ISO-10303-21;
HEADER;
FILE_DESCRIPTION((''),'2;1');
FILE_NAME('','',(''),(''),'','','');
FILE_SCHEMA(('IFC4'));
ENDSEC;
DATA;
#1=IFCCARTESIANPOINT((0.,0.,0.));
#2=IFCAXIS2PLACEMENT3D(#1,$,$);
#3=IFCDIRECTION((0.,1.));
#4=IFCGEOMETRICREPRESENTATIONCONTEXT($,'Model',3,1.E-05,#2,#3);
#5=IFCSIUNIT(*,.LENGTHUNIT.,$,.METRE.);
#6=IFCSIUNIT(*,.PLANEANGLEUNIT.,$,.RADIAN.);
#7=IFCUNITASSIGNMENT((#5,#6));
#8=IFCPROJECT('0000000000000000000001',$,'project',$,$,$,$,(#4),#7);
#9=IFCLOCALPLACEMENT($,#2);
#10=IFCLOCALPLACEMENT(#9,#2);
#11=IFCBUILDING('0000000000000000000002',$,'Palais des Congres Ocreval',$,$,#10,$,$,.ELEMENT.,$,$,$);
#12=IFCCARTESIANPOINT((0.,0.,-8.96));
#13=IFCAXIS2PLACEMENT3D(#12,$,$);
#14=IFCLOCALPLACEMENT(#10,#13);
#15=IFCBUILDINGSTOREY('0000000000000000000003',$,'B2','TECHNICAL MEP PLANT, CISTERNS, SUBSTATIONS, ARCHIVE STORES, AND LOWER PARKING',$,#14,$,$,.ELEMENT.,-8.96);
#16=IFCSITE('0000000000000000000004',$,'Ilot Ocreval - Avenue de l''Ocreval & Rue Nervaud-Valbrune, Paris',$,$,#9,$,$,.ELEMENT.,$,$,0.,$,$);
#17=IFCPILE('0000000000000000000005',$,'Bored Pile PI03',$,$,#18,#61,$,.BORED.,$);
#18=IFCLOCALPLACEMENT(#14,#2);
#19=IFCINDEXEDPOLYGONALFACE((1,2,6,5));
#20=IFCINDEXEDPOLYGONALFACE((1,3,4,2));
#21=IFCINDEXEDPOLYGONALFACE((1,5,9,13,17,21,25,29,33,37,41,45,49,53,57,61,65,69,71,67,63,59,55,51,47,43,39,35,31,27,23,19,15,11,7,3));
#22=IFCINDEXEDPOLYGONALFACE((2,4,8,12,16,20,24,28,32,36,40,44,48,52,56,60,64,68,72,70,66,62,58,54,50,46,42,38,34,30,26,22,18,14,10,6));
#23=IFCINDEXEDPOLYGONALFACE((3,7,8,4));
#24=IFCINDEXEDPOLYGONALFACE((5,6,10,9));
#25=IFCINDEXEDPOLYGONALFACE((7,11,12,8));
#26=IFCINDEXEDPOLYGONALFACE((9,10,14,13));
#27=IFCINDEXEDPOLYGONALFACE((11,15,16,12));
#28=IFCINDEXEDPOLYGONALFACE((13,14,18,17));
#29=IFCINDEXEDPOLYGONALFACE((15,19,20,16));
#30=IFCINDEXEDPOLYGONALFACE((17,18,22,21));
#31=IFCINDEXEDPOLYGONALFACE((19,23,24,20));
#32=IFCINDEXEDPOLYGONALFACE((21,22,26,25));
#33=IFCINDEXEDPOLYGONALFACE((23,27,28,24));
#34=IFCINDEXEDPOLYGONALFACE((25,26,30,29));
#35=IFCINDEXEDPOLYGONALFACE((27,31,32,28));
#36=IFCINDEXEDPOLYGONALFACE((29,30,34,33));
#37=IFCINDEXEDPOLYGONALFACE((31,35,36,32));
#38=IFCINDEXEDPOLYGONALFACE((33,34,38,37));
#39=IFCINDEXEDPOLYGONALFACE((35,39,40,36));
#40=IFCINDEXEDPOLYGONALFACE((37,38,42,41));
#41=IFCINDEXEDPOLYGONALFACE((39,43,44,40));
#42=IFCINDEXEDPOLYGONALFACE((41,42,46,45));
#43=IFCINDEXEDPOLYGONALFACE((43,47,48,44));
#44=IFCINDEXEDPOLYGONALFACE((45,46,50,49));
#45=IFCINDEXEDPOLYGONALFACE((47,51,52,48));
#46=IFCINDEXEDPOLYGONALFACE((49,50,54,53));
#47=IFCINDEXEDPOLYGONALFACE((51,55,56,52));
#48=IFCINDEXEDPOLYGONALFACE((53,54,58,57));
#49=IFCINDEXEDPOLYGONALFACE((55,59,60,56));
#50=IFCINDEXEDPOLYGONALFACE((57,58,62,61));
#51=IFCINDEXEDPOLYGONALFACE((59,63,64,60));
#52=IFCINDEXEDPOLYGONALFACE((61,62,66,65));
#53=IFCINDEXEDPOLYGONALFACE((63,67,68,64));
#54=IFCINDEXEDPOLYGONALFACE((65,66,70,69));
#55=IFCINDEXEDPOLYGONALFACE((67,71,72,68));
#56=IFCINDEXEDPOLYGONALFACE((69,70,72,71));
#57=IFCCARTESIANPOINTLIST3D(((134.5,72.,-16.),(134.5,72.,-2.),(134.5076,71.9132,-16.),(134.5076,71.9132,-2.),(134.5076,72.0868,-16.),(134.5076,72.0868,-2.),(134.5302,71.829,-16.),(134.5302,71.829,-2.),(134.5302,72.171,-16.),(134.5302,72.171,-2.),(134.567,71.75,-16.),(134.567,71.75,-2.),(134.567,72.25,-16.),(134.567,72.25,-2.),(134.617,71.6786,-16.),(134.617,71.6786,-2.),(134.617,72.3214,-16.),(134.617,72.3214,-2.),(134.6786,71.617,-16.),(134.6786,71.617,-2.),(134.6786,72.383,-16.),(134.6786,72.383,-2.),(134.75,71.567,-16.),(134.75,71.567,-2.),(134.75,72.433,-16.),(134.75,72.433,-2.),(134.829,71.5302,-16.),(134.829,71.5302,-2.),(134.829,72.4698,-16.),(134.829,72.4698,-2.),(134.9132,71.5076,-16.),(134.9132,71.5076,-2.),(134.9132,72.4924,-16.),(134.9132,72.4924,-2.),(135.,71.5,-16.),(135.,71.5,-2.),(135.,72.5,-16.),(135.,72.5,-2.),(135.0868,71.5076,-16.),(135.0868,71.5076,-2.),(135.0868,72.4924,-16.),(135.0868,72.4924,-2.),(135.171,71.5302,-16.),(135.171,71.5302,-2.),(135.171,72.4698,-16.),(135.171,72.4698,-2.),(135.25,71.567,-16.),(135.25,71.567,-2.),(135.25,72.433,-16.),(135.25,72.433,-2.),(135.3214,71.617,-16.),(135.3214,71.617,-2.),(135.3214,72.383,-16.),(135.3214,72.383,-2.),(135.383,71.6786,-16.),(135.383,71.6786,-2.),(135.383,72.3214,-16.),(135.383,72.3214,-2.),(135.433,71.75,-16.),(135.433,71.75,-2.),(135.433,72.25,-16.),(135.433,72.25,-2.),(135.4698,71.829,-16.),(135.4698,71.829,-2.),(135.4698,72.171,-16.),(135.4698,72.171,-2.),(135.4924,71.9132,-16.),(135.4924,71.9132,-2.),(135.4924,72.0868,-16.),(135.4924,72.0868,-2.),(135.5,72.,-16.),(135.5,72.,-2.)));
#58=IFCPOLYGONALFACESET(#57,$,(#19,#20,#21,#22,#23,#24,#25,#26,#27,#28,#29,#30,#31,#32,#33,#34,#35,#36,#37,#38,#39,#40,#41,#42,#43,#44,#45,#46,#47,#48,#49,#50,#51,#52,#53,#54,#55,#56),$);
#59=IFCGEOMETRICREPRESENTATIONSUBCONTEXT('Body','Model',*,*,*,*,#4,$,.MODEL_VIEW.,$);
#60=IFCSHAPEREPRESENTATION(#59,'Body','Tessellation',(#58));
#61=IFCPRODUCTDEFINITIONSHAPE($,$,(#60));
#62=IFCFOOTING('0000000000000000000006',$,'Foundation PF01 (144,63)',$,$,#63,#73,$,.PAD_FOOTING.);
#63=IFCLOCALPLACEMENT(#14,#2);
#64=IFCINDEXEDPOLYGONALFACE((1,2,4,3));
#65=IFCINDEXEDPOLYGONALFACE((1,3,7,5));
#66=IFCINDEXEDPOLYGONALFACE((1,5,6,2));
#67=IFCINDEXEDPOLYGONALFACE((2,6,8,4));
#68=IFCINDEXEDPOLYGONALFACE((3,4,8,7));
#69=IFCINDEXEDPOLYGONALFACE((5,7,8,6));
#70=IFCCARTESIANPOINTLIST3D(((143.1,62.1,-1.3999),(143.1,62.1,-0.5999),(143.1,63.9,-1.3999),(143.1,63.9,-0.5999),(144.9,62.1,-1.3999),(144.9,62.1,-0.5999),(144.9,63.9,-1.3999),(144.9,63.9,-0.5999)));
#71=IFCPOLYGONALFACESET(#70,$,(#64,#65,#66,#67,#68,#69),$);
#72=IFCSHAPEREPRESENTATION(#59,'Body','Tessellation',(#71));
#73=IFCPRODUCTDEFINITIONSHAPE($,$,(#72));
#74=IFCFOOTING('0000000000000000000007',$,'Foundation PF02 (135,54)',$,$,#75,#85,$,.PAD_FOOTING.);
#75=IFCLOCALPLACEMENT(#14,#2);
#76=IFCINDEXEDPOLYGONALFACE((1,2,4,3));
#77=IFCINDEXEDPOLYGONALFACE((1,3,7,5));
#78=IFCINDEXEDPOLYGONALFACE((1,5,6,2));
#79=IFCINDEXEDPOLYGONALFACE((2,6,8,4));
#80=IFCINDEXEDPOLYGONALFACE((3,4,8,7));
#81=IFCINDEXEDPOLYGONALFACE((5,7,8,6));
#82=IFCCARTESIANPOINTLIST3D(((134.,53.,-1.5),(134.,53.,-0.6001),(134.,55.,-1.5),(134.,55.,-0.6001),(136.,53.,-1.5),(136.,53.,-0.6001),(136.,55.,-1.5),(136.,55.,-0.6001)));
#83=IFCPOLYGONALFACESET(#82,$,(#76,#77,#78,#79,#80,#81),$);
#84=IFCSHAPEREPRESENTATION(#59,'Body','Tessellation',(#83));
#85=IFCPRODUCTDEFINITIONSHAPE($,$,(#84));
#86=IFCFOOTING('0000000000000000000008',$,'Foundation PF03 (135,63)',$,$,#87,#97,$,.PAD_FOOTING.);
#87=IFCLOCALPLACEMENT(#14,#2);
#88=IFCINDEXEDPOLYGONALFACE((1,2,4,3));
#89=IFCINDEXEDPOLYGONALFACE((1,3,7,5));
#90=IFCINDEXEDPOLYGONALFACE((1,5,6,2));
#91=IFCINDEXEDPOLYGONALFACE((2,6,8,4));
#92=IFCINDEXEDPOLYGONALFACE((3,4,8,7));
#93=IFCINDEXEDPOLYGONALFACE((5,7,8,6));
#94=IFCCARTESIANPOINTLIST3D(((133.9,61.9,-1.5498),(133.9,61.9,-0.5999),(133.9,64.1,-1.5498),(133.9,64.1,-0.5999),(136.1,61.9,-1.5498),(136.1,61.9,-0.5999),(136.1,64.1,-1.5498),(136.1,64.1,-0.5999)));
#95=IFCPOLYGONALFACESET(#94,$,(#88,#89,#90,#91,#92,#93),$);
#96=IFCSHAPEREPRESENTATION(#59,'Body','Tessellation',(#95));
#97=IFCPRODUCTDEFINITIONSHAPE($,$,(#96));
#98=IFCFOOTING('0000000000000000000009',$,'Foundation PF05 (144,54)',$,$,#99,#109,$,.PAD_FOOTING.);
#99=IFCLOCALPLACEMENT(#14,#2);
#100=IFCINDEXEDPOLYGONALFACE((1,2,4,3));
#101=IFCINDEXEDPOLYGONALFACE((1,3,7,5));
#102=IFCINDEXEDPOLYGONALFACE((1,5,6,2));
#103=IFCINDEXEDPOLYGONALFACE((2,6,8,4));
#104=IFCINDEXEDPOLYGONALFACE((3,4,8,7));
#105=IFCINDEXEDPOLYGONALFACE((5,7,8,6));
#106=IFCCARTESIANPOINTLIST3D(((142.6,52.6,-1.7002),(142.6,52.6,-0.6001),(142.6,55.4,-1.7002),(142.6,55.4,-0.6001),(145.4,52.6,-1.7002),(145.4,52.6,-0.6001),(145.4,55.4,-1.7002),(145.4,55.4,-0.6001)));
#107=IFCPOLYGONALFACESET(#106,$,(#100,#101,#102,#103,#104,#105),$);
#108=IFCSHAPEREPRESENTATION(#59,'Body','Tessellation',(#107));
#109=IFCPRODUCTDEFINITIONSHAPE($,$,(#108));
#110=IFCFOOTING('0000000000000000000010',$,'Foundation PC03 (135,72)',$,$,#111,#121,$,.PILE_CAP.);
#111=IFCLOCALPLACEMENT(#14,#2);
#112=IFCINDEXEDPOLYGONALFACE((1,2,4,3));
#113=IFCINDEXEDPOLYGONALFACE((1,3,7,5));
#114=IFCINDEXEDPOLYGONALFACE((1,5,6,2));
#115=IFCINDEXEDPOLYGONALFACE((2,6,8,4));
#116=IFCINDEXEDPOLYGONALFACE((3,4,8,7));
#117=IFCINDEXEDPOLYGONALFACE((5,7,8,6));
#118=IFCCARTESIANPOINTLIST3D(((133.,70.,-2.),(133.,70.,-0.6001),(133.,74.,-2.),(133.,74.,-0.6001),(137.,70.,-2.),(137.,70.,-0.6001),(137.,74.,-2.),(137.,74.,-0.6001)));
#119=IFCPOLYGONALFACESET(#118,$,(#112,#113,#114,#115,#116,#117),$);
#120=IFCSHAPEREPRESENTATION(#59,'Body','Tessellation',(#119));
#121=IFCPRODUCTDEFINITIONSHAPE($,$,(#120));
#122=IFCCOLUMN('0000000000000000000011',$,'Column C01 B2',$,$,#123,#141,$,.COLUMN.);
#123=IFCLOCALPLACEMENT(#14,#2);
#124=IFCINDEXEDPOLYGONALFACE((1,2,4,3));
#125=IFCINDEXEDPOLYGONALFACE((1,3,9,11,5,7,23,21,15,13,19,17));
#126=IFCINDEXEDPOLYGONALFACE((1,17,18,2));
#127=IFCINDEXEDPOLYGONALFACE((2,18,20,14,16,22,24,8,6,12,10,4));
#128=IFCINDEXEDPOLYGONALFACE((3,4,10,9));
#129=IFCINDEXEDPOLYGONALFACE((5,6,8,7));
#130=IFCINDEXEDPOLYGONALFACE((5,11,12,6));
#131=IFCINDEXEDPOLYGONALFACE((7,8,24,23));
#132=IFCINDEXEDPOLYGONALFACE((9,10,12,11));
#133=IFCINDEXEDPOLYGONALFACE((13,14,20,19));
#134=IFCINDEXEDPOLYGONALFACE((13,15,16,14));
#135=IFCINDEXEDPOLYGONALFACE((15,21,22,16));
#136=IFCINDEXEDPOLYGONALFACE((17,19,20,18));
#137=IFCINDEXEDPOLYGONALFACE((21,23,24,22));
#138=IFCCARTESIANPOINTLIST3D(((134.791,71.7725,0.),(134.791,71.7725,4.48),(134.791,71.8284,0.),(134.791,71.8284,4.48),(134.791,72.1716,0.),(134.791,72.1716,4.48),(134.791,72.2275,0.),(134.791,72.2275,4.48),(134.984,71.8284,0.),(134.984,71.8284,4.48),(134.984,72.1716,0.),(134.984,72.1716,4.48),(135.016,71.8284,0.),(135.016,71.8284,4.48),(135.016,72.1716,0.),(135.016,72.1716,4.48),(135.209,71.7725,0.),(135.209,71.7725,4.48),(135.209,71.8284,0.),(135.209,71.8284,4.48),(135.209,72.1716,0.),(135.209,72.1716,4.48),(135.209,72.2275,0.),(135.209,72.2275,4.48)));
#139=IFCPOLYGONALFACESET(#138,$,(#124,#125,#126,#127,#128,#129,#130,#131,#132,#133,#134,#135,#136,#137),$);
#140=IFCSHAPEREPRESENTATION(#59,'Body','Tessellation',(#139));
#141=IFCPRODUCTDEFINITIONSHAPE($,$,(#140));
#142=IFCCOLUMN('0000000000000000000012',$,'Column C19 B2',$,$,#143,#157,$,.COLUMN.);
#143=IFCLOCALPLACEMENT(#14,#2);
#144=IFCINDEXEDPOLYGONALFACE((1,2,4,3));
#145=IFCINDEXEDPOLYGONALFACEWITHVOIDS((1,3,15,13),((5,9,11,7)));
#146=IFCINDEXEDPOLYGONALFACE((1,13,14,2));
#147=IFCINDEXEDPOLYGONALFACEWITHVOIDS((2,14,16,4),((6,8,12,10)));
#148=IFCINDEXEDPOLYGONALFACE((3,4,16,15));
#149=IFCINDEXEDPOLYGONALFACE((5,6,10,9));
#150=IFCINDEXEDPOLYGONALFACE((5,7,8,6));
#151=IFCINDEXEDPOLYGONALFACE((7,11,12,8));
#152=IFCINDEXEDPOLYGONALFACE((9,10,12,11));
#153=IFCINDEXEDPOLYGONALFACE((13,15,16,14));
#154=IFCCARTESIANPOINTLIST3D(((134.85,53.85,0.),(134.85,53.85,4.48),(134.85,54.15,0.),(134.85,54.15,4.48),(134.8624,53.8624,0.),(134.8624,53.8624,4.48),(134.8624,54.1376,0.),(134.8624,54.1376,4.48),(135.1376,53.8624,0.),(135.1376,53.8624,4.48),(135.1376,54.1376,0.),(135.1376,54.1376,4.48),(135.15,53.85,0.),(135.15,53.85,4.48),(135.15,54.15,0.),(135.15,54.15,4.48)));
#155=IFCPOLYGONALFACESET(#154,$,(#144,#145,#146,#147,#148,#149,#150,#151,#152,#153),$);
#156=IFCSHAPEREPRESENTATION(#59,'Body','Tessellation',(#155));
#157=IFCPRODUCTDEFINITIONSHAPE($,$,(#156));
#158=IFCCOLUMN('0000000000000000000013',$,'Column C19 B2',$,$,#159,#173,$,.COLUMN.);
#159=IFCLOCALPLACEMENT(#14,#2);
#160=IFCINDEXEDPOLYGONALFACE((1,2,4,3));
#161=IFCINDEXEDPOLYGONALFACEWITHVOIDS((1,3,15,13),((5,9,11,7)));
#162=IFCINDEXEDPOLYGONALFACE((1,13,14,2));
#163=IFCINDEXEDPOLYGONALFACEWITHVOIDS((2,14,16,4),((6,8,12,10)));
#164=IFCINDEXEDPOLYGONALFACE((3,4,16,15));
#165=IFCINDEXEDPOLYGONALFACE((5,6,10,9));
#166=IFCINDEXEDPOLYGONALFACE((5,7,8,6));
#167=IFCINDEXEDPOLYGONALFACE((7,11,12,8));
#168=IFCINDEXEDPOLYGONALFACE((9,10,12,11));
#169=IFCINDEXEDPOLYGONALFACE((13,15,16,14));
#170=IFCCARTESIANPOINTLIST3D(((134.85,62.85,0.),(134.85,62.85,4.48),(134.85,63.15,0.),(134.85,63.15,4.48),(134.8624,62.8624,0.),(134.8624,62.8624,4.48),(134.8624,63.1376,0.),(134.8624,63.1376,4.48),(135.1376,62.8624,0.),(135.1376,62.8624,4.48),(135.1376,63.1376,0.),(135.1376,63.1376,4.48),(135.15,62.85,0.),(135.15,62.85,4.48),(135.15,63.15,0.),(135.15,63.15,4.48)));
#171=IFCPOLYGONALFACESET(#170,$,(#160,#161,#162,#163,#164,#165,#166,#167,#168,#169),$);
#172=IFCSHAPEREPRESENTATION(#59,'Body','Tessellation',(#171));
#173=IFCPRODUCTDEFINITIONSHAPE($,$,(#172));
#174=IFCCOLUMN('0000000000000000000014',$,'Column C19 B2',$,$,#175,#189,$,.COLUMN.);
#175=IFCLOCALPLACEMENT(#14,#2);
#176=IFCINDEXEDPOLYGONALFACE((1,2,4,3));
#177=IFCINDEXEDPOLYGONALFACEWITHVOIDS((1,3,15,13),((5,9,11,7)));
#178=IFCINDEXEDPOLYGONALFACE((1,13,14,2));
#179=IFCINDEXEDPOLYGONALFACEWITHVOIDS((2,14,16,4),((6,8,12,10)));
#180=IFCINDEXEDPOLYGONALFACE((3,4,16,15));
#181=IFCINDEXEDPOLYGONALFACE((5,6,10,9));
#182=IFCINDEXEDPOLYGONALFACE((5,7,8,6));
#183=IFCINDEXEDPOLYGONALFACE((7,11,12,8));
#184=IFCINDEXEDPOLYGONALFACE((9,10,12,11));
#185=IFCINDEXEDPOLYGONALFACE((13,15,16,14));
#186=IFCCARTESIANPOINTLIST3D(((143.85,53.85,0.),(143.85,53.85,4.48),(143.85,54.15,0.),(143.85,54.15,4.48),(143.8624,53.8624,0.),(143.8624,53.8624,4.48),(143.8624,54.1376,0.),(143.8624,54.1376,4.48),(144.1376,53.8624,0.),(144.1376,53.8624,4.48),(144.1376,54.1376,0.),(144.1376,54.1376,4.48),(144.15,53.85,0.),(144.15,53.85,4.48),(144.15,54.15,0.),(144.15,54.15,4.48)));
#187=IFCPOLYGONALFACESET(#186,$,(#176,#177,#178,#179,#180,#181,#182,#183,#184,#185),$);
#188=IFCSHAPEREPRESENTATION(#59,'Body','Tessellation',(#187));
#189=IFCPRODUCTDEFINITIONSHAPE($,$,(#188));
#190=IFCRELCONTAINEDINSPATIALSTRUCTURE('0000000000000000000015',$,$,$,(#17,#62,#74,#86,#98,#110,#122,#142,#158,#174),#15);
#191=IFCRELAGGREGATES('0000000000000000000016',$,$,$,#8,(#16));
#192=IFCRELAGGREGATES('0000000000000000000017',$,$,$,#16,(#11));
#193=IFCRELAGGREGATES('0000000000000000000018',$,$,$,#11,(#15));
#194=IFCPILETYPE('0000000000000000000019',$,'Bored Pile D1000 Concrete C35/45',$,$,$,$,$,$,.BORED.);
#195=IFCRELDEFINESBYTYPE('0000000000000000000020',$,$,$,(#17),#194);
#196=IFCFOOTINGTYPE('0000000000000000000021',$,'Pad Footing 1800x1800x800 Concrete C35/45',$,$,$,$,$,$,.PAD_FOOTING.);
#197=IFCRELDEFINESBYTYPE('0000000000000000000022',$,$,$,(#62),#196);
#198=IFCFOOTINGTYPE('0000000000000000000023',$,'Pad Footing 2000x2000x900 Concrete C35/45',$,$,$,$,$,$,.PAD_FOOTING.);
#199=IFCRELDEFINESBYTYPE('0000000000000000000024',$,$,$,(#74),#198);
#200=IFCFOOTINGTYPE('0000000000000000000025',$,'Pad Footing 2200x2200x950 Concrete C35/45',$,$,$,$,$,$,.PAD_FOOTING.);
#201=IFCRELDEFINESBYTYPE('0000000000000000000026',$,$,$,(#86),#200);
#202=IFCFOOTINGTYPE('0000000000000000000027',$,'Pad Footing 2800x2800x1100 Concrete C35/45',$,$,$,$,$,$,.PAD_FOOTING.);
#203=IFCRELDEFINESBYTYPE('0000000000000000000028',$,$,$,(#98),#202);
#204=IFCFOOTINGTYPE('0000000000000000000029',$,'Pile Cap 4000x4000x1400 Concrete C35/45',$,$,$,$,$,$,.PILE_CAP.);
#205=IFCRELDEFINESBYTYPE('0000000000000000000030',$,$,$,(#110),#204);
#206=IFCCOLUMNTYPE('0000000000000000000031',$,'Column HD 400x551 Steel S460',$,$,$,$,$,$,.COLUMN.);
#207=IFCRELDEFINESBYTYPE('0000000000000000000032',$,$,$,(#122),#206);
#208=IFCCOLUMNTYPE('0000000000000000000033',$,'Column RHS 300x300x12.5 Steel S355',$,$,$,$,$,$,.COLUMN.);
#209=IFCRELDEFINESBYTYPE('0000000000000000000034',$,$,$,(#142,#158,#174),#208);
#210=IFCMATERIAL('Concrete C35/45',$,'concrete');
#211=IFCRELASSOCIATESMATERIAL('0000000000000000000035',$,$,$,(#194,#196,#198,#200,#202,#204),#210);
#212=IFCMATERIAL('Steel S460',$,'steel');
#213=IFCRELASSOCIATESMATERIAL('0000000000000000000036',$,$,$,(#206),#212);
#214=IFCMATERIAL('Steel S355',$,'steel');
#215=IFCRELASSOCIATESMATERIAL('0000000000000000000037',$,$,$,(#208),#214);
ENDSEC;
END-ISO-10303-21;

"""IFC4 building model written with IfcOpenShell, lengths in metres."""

from ifc_helpers import new_model, si_unit, direction, frame, origin, origin_2d, place, context, subcontext, project, spatial, rectangle, hollow_rectangle, circle, i_section, extrude, material, material_profile, profile_set, type_object, element, save


model = new_model("IFC4")

# Units and contexts
model_context = context("Model", 3, precision=1e-05, world=origin(), true_north=direction((0.0, 1.0)))
body_context = subcontext(model_context, "Body", "Model", "MODEL_VIEW")
ifc_project = project(units=[si_unit("LENGTHUNIT", "METRE"), si_unit("PLANEANGLEUNIT", "RADIAN")], contexts=[model_context])

# Site, building, storey
site_placement = place(None, origin())
site = spatial("IfcSite", under=ifc_project, at=site_placement, Name="Ilot Ocreval - Avenue de l'Ocreval & Rue Nervaud-Valbrune, Paris", CompositionType="ELEMENT", RefElevation=0.0)
building_placement = place(site_placement, origin())
building = spatial("IfcBuilding", under=site, at=building_placement, Name="Palais des Congres Ocreval", CompositionType="ELEMENT")
storey_placement = place(building_placement, frame((0.0, 0.0, -8.96)))
storey = spatial("IfcBuildingStorey", under=building, at=storey_placement, Name="B2", Description="TECHNICAL MEP PLANT, CISTERNS, SUBSTATIONS, ARCHIVE STORES, AND LOWER PARKING", CompositionType="ELEMENT", Elevation=-8.96)

# Pile
ifc_material_1 = material(Name="Concrete C35/45", Category="concrete")
ifc_material_profile_1 = material_profile(ifc_material_1, circle(Radius=0.5, at=origin_2d()), Name="BORED PILE 1000")
ifc_profile_set_1 = profile_set([ifc_material_profile_1], Name="Concrete C35/45")
pile_type = type_object("IfcPileType", Name="Bored Pile D1000 Concrete C35/45", PredefinedType="BORED", material=ifc_profile_set_1)
pile_placement = place(storey_placement, frame((135.0, 72.0, -2.0), z_axis=(0.0, 0.0, -1.0), x_axis=(1.0, 0.0, 0.0)))
element("IfcPile", 1, at=pile_placement, inside=storey, type_object=pile_type, Name="Bored Pile PI03", PredefinedType="BORED", context=body_context, shape_type="SweptSolid", body=[
    extrude(circle(Radius=0.5, at=origin_2d()), origin(), (0.0, 0.0, 1.0), 14.0),
])

# Footings
footing_type_1 = type_object("IfcFootingType", Name="Pad Footing 1800x1800x800 Concrete C35/45", PredefinedType="PAD_FOOTING", material=ifc_material_1)
footing_1_placement = place(storey_placement, frame((144.0, 63.0, -1.3999), z_axis=(0.0, 0.0, 1.0), x_axis=(1.0, 0.0, 0.0)))
element("IfcFooting", 2, at=footing_1_placement, inside=storey, type_object=footing_type_1, Name="Foundation PF01 (144,63)", PredefinedType="PAD_FOOTING", context=body_context, shape_type="SweptSolid", body=[
    extrude(rectangle(XDim=1.8, YDim=1.8, at=origin_2d()), origin(), (0.0, 0.0, 1.0), 0.8),
])
footing_type_2 = type_object("IfcFootingType", Name="Pad Footing 2000x2000x900 Concrete C35/45", PredefinedType="PAD_FOOTING", material=ifc_material_1)
footing_2_placement = place(storey_placement, frame((135.0, 54.0, -1.5), z_axis=(0.0, 0.0, 1.0), x_axis=(1.0, 0.0, 0.0)))
element("IfcFooting", 3, at=footing_2_placement, inside=storey, type_object=footing_type_2, Name="Foundation PF02 (135,54)", PredefinedType="PAD_FOOTING", context=body_context, shape_type="SweptSolid", body=[
    extrude(rectangle(XDim=2.0, YDim=2.0, at=origin_2d()), origin(), (0.0, 0.0, 1.0), 0.8999),
])
footing_type_3 = type_object("IfcFootingType", Name="Pad Footing 2200x2200x950 Concrete C35/45", PredefinedType="PAD_FOOTING", material=ifc_material_1)
footing_3_placement = place(storey_placement, frame((135.0, 63.0, -1.5498), z_axis=(0.0, 0.0, 1.0), x_axis=(1.0, 0.0, 0.0)))
element("IfcFooting", 4, at=footing_3_placement, inside=storey, type_object=footing_type_3, Name="Foundation PF03 (135,63)", PredefinedType="PAD_FOOTING", context=body_context, shape_type="SweptSolid", body=[
    extrude(rectangle(XDim=2.2, YDim=2.2, at=origin_2d()), origin(), (0.0, 0.0, 1.0), 0.95),
])
footing_type_4 = type_object("IfcFootingType", Name="Pad Footing 2800x2800x1100 Concrete C35/45", PredefinedType="PAD_FOOTING", material=ifc_material_1)
footing_4_placement = place(storey_placement, frame((144.0, 54.0, -1.7002), z_axis=(0.0, 0.0, 1.0), x_axis=(1.0, 0.0, 0.0)))
element("IfcFooting", 5, at=footing_4_placement, inside=storey, type_object=footing_type_4, Name="Foundation PF05 (144,54)", PredefinedType="PAD_FOOTING", context=body_context, shape_type="SweptSolid", body=[
    extrude(rectangle(XDim=2.8, YDim=2.8, at=origin_2d()), origin(), (0.0, 0.0, 1.0), 1.1001),
])
footing_type_5 = type_object("IfcFootingType", Name="Pile Cap 4000x4000x1400 Concrete C35/45", PredefinedType="PILE_CAP", material=ifc_material_1)
footing_5_placement = place(storey_placement, frame((135.0, 72.0, -2.0), z_axis=(0.0, 0.0, 1.0), x_axis=(1.0, 0.0, 0.0)))
element("IfcFooting", 6, at=footing_5_placement, inside=storey, type_object=footing_type_5, Name="Foundation PC03 (135,72)", PredefinedType="PILE_CAP", context=body_context, shape_type="SweptSolid", body=[
    extrude(rectangle(XDim=4.0, YDim=4.0, at=origin_2d()), origin(), (0.0, 0.0, 1.0), 1.3999),
])

# Columns
ifc_material_2 = material(Name="Steel S460", Category="steel")
ifc_material_profile_2 = material_profile(ifc_material_2, i_section(OverallWidth=0.418, OverallDepth=0.4551, WebThickness=0.032, FlangeThickness=0.0559, at=origin_2d()), Name="HD 400x551")
ifc_profile_set_2 = profile_set([ifc_material_profile_2], Name="Steel S460")
column_type_1 = type_object("IfcColumnType", Name="Column HD 400x551 Steel S460", PredefinedType="COLUMN", material=ifc_profile_set_2)
column_placement = place(storey_placement, frame((135.0, 72.0, 0.0), z_axis=(0.0, 0.0, 1.0), x_axis=(1.0, 0.0, 0.0)))
element("IfcColumn", 7, at=column_placement, inside=storey, type_object=column_type_1, Name="Column C01 B2", PredefinedType="COLUMN", context=body_context, shape_type="SweptSolid", body=[
    extrude(i_section(OverallWidth=0.418, OverallDepth=0.4551, WebThickness=0.032, FlangeThickness=0.0559, at=origin_2d()), origin(), (0.0, 0.0, 1.0), 4.48),
])
ifc_material_3 = material(Name="Steel S355", Category="steel")
ifc_material_profile_3 = material_profile(ifc_material_3, hollow_rectangle(XDim=0.3, YDim=0.3, WallThickness=0.0125, at=origin_2d()), Name="RHS 300x300x12.5")
ifc_profile_set_3 = profile_set([ifc_material_profile_3], Name="Steel S355")
column_type_2 = type_object("IfcColumnType", Name="Column RHS 300x300x12.5 Steel S355", PredefinedType="COLUMN", material=ifc_profile_set_3)
for number, where, z_axis, x_axis, name in (
    (8, (135.0, 54.0, 0.0), (0.0, 0.0, 1.0), (1.0, 0.0, 0.0), "Column C19 B2"),
    (9, (135.0, 63.0, 0.0), (0.0, 0.0, 1.0), (1.0, 0.0, 0.0), "Column C19 B2"),
    (10, (144.0, 54.0, 0.0), (0.0, 0.0, 1.0), (1.0, 0.0, 0.0), "Column C19 B2"),
):
    element("IfcColumn", number, at=place(storey_placement, frame(where, z_axis=z_axis, x_axis=x_axis)), inside=storey, type_object=column_type_2, Name=name, PredefinedType="COLUMN", context=body_context, shape_type="SweptSolid", body=[
        extrude(hollow_rectangle(XDim=0.3, YDim=0.3, WallThickness=0.0125, at=origin_2d()), origin(), (0.0, 0.0, 1.0), 4.48),
    ])

save(model, "model.ifc")
